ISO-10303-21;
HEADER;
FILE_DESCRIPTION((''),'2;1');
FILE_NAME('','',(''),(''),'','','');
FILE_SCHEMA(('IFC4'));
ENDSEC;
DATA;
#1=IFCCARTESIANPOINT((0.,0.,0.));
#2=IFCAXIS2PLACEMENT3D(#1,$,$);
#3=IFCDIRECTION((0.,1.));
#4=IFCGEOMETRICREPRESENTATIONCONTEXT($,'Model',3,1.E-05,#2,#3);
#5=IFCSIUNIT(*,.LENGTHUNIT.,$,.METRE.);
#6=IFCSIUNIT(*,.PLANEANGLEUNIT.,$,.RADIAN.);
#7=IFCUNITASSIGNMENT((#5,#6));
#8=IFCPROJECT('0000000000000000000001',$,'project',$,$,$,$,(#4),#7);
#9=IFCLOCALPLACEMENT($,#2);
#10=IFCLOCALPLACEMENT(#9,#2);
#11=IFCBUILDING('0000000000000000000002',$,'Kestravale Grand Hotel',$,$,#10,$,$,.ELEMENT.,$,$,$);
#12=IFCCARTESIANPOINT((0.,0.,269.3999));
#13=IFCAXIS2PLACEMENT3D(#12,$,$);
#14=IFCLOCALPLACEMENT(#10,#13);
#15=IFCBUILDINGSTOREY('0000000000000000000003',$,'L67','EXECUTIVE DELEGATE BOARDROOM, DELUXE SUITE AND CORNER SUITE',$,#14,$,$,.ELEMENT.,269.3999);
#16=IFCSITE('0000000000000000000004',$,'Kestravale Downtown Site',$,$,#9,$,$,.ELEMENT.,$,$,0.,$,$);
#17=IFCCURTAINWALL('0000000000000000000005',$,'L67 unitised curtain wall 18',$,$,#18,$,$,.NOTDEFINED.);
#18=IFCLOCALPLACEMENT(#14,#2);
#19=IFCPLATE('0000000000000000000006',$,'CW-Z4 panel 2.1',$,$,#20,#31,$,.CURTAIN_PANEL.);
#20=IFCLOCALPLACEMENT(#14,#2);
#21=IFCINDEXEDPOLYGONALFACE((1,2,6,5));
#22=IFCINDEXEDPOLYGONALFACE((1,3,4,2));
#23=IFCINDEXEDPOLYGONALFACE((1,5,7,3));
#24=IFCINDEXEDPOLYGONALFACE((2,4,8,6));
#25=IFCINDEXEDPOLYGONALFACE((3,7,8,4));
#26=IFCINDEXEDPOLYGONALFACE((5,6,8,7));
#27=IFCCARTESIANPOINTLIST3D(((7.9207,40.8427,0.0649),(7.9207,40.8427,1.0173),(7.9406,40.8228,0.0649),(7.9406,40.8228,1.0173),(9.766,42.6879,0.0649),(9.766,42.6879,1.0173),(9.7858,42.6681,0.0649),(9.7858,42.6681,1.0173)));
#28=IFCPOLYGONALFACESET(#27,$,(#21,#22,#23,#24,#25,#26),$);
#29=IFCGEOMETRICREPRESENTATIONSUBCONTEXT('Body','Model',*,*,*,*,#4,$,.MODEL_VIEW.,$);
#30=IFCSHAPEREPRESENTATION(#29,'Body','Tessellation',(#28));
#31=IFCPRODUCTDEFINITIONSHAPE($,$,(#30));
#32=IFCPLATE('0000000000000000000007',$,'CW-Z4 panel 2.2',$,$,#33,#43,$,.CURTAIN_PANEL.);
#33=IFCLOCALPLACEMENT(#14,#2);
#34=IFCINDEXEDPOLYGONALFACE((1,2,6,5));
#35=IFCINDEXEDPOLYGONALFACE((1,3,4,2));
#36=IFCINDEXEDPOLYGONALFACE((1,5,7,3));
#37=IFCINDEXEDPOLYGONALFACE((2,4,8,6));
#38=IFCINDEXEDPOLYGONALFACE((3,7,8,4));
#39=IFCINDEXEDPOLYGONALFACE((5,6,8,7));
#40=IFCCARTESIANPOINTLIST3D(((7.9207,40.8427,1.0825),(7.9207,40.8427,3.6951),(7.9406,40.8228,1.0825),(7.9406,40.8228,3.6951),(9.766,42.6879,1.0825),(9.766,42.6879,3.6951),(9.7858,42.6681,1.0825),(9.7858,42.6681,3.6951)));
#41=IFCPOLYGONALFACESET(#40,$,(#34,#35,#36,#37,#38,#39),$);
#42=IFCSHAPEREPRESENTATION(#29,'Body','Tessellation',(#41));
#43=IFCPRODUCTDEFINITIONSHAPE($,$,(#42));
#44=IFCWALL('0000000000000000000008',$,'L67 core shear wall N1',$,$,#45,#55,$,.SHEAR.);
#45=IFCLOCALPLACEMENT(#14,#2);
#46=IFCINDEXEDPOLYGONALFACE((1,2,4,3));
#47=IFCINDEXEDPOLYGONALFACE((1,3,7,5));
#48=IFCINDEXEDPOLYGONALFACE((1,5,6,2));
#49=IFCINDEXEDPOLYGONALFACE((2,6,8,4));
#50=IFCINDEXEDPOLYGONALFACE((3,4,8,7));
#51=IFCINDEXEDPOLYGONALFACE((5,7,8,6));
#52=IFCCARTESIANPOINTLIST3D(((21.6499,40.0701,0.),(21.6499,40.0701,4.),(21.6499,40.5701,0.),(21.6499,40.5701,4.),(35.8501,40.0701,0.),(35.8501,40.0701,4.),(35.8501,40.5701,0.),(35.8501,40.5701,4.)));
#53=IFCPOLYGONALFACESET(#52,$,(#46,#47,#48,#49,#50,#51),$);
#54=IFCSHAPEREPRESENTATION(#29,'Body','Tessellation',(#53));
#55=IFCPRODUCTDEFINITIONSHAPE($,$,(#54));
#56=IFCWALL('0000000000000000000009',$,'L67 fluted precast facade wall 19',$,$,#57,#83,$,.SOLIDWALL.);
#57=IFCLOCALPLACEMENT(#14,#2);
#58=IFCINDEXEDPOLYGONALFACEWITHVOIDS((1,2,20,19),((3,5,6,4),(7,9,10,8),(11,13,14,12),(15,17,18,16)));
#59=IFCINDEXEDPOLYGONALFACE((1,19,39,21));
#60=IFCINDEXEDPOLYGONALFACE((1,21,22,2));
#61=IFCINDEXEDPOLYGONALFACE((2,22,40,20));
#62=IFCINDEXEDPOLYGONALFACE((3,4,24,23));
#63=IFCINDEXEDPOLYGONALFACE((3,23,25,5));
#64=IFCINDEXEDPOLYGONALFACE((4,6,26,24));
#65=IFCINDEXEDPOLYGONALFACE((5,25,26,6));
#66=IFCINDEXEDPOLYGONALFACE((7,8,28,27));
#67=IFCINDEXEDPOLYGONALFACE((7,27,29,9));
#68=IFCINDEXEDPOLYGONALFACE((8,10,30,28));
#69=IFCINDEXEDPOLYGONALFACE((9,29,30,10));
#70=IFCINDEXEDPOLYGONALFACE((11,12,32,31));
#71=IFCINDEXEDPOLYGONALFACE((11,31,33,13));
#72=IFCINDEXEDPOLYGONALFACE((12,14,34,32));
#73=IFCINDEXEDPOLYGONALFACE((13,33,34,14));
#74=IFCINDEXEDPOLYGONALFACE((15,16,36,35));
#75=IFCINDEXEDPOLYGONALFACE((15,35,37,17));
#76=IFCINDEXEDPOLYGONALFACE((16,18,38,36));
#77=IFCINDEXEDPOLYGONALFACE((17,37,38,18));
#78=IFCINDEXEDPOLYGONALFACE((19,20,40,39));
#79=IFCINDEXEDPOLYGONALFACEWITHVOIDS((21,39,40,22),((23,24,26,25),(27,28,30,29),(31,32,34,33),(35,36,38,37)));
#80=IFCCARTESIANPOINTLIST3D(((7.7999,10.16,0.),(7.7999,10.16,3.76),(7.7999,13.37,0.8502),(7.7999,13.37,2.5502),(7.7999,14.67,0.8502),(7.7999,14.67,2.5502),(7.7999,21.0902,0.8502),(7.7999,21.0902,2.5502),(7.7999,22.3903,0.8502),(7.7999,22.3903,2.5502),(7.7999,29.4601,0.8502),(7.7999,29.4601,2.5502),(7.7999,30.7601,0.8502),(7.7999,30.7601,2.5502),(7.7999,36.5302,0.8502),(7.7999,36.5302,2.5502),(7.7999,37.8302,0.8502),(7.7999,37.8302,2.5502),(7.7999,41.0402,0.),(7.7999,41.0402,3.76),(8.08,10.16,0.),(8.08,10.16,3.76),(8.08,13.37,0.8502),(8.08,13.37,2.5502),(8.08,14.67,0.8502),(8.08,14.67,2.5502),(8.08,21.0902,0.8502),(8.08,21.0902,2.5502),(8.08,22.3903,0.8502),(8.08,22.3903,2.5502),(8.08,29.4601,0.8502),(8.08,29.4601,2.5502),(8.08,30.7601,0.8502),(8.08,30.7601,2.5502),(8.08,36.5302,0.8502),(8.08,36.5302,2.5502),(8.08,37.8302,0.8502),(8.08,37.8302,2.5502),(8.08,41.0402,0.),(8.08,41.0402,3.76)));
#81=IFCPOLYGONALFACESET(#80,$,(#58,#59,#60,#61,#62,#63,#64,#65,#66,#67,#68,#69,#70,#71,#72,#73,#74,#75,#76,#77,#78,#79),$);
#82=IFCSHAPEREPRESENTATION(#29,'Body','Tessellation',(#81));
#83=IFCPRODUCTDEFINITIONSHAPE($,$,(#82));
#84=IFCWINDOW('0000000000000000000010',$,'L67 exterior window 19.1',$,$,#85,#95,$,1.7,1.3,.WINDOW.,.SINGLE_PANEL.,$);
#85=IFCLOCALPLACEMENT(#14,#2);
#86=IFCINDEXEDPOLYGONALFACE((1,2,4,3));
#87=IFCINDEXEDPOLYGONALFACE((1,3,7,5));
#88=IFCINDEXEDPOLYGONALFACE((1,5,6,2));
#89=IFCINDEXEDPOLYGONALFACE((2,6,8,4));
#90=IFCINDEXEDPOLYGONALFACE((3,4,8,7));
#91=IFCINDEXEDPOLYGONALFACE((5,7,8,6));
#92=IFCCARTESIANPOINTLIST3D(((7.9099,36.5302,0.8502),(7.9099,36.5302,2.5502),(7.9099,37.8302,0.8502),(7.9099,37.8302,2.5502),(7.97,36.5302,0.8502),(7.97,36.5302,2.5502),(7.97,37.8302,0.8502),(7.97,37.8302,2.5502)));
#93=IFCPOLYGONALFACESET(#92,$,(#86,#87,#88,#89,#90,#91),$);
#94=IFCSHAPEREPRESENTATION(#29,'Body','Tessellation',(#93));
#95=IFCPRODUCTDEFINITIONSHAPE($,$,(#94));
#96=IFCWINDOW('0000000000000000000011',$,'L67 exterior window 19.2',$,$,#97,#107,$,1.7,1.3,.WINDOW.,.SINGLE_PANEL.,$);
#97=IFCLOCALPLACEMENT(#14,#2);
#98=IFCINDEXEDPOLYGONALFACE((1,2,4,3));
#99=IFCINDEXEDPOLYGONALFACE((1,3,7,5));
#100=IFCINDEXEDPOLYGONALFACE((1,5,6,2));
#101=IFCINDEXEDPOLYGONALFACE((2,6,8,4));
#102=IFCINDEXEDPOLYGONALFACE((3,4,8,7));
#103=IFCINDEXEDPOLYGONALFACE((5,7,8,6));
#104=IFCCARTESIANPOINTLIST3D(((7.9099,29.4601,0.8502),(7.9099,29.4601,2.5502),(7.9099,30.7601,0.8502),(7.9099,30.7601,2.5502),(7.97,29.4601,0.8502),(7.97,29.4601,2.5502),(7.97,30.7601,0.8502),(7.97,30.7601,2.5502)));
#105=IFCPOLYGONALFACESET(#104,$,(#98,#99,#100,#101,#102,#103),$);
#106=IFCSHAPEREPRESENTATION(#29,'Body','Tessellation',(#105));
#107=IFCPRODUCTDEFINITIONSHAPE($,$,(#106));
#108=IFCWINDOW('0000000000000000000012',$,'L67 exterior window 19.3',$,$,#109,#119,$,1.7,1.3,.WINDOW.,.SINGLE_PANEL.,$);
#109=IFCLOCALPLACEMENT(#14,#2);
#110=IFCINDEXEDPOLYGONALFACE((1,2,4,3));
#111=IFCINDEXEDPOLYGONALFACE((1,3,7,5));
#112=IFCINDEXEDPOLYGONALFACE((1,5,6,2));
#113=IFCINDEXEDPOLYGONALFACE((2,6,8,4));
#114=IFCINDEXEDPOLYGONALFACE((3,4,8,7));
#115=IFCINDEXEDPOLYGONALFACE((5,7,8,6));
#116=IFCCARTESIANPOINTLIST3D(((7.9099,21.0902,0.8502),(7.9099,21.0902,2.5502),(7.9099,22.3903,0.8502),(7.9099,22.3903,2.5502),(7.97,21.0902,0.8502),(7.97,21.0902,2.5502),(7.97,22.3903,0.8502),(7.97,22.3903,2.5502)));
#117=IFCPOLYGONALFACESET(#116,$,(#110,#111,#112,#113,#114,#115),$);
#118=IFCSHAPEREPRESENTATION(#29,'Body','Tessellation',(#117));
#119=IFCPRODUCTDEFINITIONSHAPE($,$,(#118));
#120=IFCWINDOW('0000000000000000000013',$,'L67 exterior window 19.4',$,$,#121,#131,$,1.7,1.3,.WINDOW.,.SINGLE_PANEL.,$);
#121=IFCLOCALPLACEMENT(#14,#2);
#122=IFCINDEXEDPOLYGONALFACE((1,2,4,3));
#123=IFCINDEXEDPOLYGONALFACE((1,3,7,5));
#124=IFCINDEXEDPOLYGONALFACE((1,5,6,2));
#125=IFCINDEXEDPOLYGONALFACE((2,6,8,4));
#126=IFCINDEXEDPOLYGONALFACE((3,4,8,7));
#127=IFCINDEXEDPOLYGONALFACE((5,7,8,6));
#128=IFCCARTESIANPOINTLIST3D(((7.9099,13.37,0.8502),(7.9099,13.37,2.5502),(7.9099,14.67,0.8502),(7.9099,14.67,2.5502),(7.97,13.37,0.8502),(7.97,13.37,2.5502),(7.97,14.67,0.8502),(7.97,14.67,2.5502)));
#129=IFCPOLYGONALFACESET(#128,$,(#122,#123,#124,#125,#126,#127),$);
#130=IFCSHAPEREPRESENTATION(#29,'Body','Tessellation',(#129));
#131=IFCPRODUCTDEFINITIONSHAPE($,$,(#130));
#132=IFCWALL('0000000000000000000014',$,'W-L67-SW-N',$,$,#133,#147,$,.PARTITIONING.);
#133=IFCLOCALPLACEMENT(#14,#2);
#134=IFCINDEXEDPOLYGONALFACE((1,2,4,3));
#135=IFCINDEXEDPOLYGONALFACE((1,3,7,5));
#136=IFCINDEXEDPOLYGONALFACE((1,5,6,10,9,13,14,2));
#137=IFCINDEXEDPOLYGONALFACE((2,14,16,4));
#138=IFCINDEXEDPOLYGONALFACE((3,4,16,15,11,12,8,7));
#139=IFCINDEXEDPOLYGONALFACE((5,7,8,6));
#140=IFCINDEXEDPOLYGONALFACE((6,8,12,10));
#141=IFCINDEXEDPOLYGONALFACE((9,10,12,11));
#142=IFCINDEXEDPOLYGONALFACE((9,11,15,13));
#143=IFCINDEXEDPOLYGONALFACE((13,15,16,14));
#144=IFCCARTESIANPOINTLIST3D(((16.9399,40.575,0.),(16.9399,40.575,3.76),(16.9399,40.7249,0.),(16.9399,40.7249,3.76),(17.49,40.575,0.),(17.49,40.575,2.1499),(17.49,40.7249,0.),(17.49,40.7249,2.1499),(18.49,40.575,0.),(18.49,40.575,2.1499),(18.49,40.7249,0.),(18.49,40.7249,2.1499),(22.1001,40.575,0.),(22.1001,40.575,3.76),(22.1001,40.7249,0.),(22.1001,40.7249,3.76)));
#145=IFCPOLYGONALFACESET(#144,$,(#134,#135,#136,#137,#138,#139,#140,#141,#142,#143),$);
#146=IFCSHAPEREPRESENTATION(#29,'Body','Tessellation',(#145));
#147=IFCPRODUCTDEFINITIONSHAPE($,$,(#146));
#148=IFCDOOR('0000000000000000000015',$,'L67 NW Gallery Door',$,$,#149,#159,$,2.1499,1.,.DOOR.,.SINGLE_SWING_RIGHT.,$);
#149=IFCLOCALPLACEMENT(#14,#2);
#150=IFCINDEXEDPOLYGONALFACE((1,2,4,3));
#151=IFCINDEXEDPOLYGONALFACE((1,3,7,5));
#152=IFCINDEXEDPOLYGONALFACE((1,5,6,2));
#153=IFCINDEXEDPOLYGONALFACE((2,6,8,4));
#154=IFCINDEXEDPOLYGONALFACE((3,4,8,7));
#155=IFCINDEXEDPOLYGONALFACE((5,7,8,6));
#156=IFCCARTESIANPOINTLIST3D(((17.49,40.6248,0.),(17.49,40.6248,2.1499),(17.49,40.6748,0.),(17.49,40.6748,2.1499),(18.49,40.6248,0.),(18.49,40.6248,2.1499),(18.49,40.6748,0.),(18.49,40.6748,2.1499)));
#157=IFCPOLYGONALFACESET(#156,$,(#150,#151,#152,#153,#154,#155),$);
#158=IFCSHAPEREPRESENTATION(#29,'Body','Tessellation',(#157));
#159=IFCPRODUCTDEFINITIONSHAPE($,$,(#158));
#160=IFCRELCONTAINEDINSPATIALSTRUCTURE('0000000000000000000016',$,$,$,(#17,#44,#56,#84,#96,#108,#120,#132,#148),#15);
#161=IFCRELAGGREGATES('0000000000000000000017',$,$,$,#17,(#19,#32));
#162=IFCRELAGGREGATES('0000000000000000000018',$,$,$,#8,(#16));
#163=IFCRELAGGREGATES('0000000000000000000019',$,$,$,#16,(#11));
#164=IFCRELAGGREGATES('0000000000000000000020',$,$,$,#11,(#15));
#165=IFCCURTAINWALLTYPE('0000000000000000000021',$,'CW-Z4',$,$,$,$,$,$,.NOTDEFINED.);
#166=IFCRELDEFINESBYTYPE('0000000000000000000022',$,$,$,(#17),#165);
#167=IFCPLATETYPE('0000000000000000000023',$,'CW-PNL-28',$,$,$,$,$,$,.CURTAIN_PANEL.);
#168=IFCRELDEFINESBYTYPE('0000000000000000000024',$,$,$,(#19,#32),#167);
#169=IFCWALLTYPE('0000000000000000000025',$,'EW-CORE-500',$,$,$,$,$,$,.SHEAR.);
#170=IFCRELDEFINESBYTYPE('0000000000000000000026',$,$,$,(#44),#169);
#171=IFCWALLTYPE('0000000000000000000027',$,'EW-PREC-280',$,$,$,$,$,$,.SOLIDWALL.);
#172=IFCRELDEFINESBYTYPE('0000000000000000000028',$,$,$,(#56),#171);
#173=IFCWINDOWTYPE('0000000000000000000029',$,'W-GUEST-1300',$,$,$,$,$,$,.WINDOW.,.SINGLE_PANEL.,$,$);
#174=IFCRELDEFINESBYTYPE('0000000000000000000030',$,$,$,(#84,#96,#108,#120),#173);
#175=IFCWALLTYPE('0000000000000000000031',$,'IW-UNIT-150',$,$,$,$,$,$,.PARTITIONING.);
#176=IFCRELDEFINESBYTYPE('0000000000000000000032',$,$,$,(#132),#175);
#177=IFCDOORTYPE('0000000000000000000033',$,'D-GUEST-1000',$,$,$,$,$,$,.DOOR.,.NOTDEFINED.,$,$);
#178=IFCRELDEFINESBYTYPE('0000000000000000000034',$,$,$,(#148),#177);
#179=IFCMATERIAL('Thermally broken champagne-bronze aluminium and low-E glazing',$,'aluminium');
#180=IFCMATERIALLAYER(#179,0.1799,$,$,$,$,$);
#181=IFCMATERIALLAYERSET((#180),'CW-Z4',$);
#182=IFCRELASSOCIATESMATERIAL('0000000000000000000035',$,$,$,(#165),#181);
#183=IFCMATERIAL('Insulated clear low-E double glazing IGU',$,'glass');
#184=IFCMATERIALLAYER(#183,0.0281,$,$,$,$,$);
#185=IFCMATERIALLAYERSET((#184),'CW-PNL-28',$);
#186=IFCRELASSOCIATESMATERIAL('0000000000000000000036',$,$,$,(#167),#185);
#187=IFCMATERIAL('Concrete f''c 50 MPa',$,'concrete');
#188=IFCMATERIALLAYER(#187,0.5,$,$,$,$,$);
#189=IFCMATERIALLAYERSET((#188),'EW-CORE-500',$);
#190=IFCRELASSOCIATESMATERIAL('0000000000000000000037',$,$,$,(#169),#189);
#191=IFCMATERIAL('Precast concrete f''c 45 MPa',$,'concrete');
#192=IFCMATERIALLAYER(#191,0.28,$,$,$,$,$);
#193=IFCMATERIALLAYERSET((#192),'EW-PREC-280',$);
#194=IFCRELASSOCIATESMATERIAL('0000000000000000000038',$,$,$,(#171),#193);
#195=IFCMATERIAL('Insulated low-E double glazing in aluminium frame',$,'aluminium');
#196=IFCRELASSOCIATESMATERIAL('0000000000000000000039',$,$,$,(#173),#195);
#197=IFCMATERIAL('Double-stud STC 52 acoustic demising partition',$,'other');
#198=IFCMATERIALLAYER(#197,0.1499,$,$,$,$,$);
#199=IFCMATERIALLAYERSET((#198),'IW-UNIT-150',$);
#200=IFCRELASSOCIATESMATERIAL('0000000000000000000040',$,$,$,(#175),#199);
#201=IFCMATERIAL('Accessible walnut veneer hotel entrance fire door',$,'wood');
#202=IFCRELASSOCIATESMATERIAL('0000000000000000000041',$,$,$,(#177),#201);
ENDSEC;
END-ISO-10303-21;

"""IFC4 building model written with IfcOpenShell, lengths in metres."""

from ifc_helpers import new_model, si_unit, direction, frame, frame_2d, origin, origin_2d, place, context, subcontext, project, spatial, rectangle, extrude, material, layer, layer_set, type_object, element, fill, aggregate, save


model = new_model("IFC4")

# Units and contexts
model_context = context("Model", 3, precision=1e-05, world=origin(), true_north=direction((0.0, 1.0)))
body_context = subcontext(model_context, "Body", "Model", "MODEL_VIEW")
ifc_project = project(units=[si_unit("LENGTHUNIT", "METRE"), si_unit("PLANEANGLEUNIT", "RADIAN")], contexts=[model_context])

# Site, building, storey
site_placement = place(None, origin())
site = spatial("IfcSite", under=ifc_project, at=site_placement, Name="Kestravale Downtown Site", CompositionType="ELEMENT", RefElevation=0.0)
building_placement = place(site_placement, origin())
building = spatial("IfcBuilding", under=site, at=building_placement, Name="Kestravale Grand Hotel", CompositionType="ELEMENT")
storey_placement = place(building_placement, frame((0.0, 0.0, 269.3999)))
storey = spatial("IfcBuildingStorey", under=building, at=storey_placement, Name="L67", Description="EXECUTIVE DELEGATE BOARDROOM, DELUXE SUITE AND CORNER SUITE", CompositionType="ELEMENT", Elevation=269.3999)

# Curtain wall, plates
ifc_material_1 = material(Name="Thermally broken champagne-bronze aluminium and low-E glazing", Category="aluminium")
ifc_layer_1 = layer(ifc_material_1, 0.1799)
ifc_layer_set_1 = layer_set([ifc_layer_1], Name="CW-Z4")
curtain_wall_type = type_object("IfcCurtainWallType", Name="CW-Z4", PredefinedType="NOTDEFINED", material=ifc_layer_set_1)
curtain_wall_placement = place(storey_placement, origin())
curtain_wall = element("IfcCurtainWall", 1, at=curtain_wall_placement, inside=storey, type_object=curtain_wall_type, Name="L67 unitised curtain wall 18", PredefinedType="NOTDEFINED")
ifc_material_2 = material(Name="Insulated clear low-E double glazing IGU", Category="glass")
ifc_layer_2 = layer(ifc_material_2, 0.0281)
ifc_layer_set_2 = layer_set([ifc_layer_2], Name="CW-PNL-28")
plate_type = type_object("IfcPlateType", Name="CW-PNL-28", PredefinedType="CURTAIN_PANEL", material=ifc_layer_set_2)
plate_1_placement = place(storey_placement, frame((8.8533, 41.7554, 0.0649), z_axis=(0.0, 0.0, 1.0), x_axis=(-0.707107, -0.707107, 0.0)))
plate_1 = element("IfcPlate", 2, at=plate_1_placement, type_object=plate_type, Name="CW-Z4 panel 2.1", PredefinedType="CURTAIN_PANEL", context=body_context, shape_type="SweptSolid", body=[
    extrude(rectangle(XDim=2.6096, YDim=0.0281, at=origin_2d()), origin(), (0.0, 0.0, 1.0), 0.9524),
])
plate_2_placement = place(storey_placement, frame((8.8533, 41.7554, 1.0825), z_axis=(0.0, 0.0, 1.0), x_axis=(-0.707107, -0.707107, 0.0)))
plate_2 = element("IfcPlate", 3, at=plate_2_placement, type_object=plate_type, Name="CW-Z4 panel 2.2", PredefinedType="CURTAIN_PANEL", context=body_context, shape_type="SweptSolid", body=[
    extrude(rectangle(XDim=2.6096, YDim=0.0281, at=origin_2d()), origin(), (0.0, 0.0, 1.0), 2.6125),
])
aggregate(curtain_wall, [plate_1, plate_2])

# Wall
ifc_material_3 = material(Name="Concrete f'c 50 MPa", Category="concrete")
ifc_layer_3 = layer(ifc_material_3, 0.5)
ifc_layer_set_3 = layer_set([ifc_layer_3], Name="EW-CORE-500")
wall_type_1 = type_object("IfcWallType", Name="EW-CORE-500", PredefinedType="SHEAR", material=ifc_layer_set_3)
wall_1_placement = place(storey_placement, frame((21.6499, 40.3201, 0.0), z_axis=(0.0, 0.0, 1.0), x_axis=(1.0, 0.0, 0.0)))
element("IfcWall", 4, at=wall_1_placement, inside=storey, type_object=wall_type_1, Name="L67 core shear wall N1", PredefinedType="SHEAR", context=body_context, shape_type="SweptSolid", body=[
    extrude(rectangle(XDim=14.2002, YDim=0.5, at=frame_2d((7.1001, 0.0))), origin(), (0.0, 0.0, 1.0), 4.0),
])

# Wall, openings, windows
ifc_material_4 = material(Name="Precast concrete f'c 45 MPa", Category="concrete")
ifc_layer_4 = layer(ifc_material_4, 0.28)
ifc_layer_set_4 = layer_set([ifc_layer_4], Name="EW-PREC-280")
wall_type_2 = type_object("IfcWallType", Name="EW-PREC-280", PredefinedType="SOLIDWALL", material=ifc_layer_set_4)
wall_2_placement = place(storey_placement, frame((7.9399, 41.04, 0.0), z_axis=(0.0, 0.0, 1.0), x_axis=(0.0, -1.0, 0.0)))
wall_2 = element("IfcWall", 5, at=wall_2_placement, inside=storey, type_object=wall_type_2, Name="L67 fluted precast facade wall 19", PredefinedType="SOLIDWALL", context=body_context, shape_type="SweptSolid", body=[
    extrude(rectangle(XDim=30.8801, YDim=0.28, at=frame_2d((15.4399, 0.0))), origin(), (0.0, 0.0, 1.0), 3.76),
])
opening_1_placement = place(wall_2_placement, frame((3.21, 0.0, 0.8501)))
opening_1 = element("IfcOpeningElement", 6, at=opening_1_placement, cuts=wall_2, PredefinedType="OPENING", context=body_context, shape_type="SweptSolid", body=[
    extrude(rectangle(XDim=1.3, YDim=1.7, at=frame_2d((0.6499, 0.8501))), frame((0.0, 0.1499, 0.0), z_axis=(0.0, -1.0, 0.0), x_axis=(1.0, 0.0, 0.0)), (0.0, 0.0, 1.0), 0.3),
])
opening_2_placement = place(wall_2_placement, frame((10.28, 0.0, 0.8501)))
opening_2 = element("IfcOpeningElement", 7, at=opening_2_placement, cuts=wall_2, PredefinedType="OPENING", context=body_context, shape_type="SweptSolid", body=[
    extrude(rectangle(XDim=1.3, YDim=1.7, at=frame_2d((0.6499, 0.8501))), frame((0.0, 0.1499, 0.0), z_axis=(0.0, -1.0, 0.0), x_axis=(1.0, 0.0, 0.0)), (0.0, 0.0, 1.0), 0.3),
])
opening_3_placement = place(wall_2_placement, frame((18.6499, 0.0, 0.8501)))
opening_3 = element("IfcOpeningElement", 8, at=opening_3_placement, cuts=wall_2, PredefinedType="OPENING", context=body_context, shape_type="SweptSolid", body=[
    extrude(rectangle(XDim=1.3, YDim=1.7, at=frame_2d((0.6499, 0.8501))), frame((0.0, 0.1499, 0.0), z_axis=(0.0, -1.0, 0.0), x_axis=(1.0, 0.0, 0.0)), (0.0, 0.0, 1.0), 0.3),
])
opening_4_placement = place(wall_2_placement, frame((26.3701, 0.0, 0.8501)))
opening_4 = element("IfcOpeningElement", 9, at=opening_4_placement, cuts=wall_2, PredefinedType="OPENING", context=body_context, shape_type="SweptSolid", body=[
    extrude(rectangle(XDim=1.3, YDim=1.7, at=frame_2d((0.6499, 0.8501))), frame((0.0, 0.1499, 0.0), z_axis=(0.0, -1.0, 0.0), x_axis=(1.0, 0.0, 0.0)), (0.0, 0.0, 1.0), 0.3),
])
ifc_material_5 = material(Name="Insulated low-E double glazing in aluminium frame", Category="aluminium")
window_type = type_object("IfcWindowType", Name="W-GUEST-1300", PartitioningType="SINGLE_PANEL", PredefinedType="WINDOW", material=ifc_material_5)
window_1_placement = place(opening_1_placement, origin())
window_1 = element("IfcWindow", 10, at=window_1_placement, inside=storey, type_object=window_type, Name="L67 exterior window 19.1", OverallHeight=1.7, OverallWidth=1.3, PartitioningType="SINGLE_PANEL", PredefinedType="WINDOW", context=body_context, shape_type="SweptSolid", body=[
    extrude(rectangle(XDim=1.3, YDim=1.7, at=frame_2d((0.6499, 0.8501))), frame((0.0, 0.03, 0.0), z_axis=(0.0, -1.0, 0.0), x_axis=(1.0, 0.0, 0.0)), (0.0, 0.0, 1.0), 0.0601),
])
fill(opening_1, window_1)
window_2_placement = place(opening_2_placement, origin())
window_2 = element("IfcWindow", 11, at=window_2_placement, inside=storey, type_object=window_type, Name="L67 exterior window 19.2", OverallHeight=1.7, OverallWidth=1.3, PartitioningType="SINGLE_PANEL", PredefinedType="WINDOW", context=body_context, shape_type="SweptSolid", body=[
    extrude(rectangle(XDim=1.3, YDim=1.7, at=frame_2d((0.6499, 0.8501))), frame((0.0, 0.03, 0.0), z_axis=(0.0, -1.0, 0.0), x_axis=(1.0, 0.0, 0.0)), (0.0, 0.0, 1.0), 0.0601),
])
fill(opening_2, window_2)
window_3_placement = place(opening_3_placement, origin())
window_3 = element("IfcWindow", 12, at=window_3_placement, inside=storey, type_object=window_type, Name="L67 exterior window 19.3", OverallHeight=1.7, OverallWidth=1.3, PartitioningType="SINGLE_PANEL", PredefinedType="WINDOW", context=body_context, shape_type="SweptSolid", body=[
    extrude(rectangle(XDim=1.3, YDim=1.7, at=frame_2d((0.6499, 0.8501))), frame((0.0, 0.03, 0.0), z_axis=(0.0, -1.0, 0.0), x_axis=(1.0, 0.0, 0.0)), (0.0, 0.0, 1.0), 0.0601),
])
fill(opening_3, window_3)
window_4_placement = place(opening_4_placement, origin())
window_4 = element("IfcWindow", 13, at=window_4_placement, inside=storey, type_object=window_type, Name="L67 exterior window 19.4", OverallHeight=1.7, OverallWidth=1.3, PartitioningType="SINGLE_PANEL", PredefinedType="WINDOW", context=body_context, shape_type="SweptSolid", body=[
    extrude(rectangle(XDim=1.3, YDim=1.7, at=frame_2d((0.6499, 0.8501))), frame((0.0, 0.03, 0.0), z_axis=(0.0, -1.0, 0.0), x_axis=(1.0, 0.0, 0.0)), (0.0, 0.0, 1.0), 0.0601),
])
fill(opening_4, window_4)

# Wall, opening, door
ifc_material_6 = material(Name="Double-stud STC 52 acoustic demising partition", Category="other")
ifc_layer_5 = layer(ifc_material_6, 0.1499)
ifc_layer_set_5 = layer_set([ifc_layer_5], Name="IW-UNIT-150")
wall_type_3 = type_object("IfcWallType", Name="IW-UNIT-150", PredefinedType="PARTITIONING", material=ifc_layer_set_5)
wall_3_placement = place(storey_placement, frame((16.9399, 40.6499, 0.0), z_axis=(0.0, 0.0, 1.0), x_axis=(1.0, 0.0, 0.0)))
wall_3 = element("IfcWall", 14, at=wall_3_placement, inside=storey, type_object=wall_type_3, Name="W-L67-SW-N", PredefinedType="PARTITIONING", context=body_context, shape_type="SweptSolid", body=[
    extrude(rectangle(XDim=5.1602, YDim=0.1499, at=frame_2d((2.5801, 0.0))), origin(), (0.0, 0.0, 1.0), 3.76),
])
opening_5_placement = place(wall_3_placement, frame((0.55, 0.0, 0.0)))
opening_5 = element("IfcOpeningElement", 15, at=opening_5_placement, cuts=wall_3, PredefinedType="OPENING", context=body_context, shape_type="SweptSolid", body=[
    extrude(rectangle(XDim=1.0, YDim=2.1499, at=frame_2d((0.5, 1.075))), frame((0.0, 0.085, 0.0), z_axis=(0.0, -1.0, 0.0), x_axis=(1.0, 0.0, 0.0)), (0.0, 0.0, 1.0), 0.1699),
])
ifc_material_7 = material(Name="Accessible walnut veneer hotel entrance fire door", Category="wood")
door_type = type_object("IfcDoorType", Name="D-GUEST-1000", OperationType="NOTDEFINED", PredefinedType="DOOR", material=ifc_material_7)
door_placement = place(opening_5_placement, origin())
door = element("IfcDoor", 16, at=door_placement, inside=storey, type_object=door_type, Name="L67 NW Gallery Door", OperationType="SINGLE_SWING_RIGHT", OverallHeight=2.1499, OverallWidth=1.0, PredefinedType="DOOR", context=body_context, shape_type="SweptSolid", body=[
    extrude(rectangle(XDim=1.0, YDim=2.1499, at=frame_2d((0.5, 1.075))), frame((0.0, 0.0249, 0.0), z_axis=(0.0, -1.0, 0.0), x_axis=(1.0, 0.0, 0.0)), (0.0, 0.0, 1.0), 0.05),
])
fill(opening_5, door)

save(model, "model.ifc")
